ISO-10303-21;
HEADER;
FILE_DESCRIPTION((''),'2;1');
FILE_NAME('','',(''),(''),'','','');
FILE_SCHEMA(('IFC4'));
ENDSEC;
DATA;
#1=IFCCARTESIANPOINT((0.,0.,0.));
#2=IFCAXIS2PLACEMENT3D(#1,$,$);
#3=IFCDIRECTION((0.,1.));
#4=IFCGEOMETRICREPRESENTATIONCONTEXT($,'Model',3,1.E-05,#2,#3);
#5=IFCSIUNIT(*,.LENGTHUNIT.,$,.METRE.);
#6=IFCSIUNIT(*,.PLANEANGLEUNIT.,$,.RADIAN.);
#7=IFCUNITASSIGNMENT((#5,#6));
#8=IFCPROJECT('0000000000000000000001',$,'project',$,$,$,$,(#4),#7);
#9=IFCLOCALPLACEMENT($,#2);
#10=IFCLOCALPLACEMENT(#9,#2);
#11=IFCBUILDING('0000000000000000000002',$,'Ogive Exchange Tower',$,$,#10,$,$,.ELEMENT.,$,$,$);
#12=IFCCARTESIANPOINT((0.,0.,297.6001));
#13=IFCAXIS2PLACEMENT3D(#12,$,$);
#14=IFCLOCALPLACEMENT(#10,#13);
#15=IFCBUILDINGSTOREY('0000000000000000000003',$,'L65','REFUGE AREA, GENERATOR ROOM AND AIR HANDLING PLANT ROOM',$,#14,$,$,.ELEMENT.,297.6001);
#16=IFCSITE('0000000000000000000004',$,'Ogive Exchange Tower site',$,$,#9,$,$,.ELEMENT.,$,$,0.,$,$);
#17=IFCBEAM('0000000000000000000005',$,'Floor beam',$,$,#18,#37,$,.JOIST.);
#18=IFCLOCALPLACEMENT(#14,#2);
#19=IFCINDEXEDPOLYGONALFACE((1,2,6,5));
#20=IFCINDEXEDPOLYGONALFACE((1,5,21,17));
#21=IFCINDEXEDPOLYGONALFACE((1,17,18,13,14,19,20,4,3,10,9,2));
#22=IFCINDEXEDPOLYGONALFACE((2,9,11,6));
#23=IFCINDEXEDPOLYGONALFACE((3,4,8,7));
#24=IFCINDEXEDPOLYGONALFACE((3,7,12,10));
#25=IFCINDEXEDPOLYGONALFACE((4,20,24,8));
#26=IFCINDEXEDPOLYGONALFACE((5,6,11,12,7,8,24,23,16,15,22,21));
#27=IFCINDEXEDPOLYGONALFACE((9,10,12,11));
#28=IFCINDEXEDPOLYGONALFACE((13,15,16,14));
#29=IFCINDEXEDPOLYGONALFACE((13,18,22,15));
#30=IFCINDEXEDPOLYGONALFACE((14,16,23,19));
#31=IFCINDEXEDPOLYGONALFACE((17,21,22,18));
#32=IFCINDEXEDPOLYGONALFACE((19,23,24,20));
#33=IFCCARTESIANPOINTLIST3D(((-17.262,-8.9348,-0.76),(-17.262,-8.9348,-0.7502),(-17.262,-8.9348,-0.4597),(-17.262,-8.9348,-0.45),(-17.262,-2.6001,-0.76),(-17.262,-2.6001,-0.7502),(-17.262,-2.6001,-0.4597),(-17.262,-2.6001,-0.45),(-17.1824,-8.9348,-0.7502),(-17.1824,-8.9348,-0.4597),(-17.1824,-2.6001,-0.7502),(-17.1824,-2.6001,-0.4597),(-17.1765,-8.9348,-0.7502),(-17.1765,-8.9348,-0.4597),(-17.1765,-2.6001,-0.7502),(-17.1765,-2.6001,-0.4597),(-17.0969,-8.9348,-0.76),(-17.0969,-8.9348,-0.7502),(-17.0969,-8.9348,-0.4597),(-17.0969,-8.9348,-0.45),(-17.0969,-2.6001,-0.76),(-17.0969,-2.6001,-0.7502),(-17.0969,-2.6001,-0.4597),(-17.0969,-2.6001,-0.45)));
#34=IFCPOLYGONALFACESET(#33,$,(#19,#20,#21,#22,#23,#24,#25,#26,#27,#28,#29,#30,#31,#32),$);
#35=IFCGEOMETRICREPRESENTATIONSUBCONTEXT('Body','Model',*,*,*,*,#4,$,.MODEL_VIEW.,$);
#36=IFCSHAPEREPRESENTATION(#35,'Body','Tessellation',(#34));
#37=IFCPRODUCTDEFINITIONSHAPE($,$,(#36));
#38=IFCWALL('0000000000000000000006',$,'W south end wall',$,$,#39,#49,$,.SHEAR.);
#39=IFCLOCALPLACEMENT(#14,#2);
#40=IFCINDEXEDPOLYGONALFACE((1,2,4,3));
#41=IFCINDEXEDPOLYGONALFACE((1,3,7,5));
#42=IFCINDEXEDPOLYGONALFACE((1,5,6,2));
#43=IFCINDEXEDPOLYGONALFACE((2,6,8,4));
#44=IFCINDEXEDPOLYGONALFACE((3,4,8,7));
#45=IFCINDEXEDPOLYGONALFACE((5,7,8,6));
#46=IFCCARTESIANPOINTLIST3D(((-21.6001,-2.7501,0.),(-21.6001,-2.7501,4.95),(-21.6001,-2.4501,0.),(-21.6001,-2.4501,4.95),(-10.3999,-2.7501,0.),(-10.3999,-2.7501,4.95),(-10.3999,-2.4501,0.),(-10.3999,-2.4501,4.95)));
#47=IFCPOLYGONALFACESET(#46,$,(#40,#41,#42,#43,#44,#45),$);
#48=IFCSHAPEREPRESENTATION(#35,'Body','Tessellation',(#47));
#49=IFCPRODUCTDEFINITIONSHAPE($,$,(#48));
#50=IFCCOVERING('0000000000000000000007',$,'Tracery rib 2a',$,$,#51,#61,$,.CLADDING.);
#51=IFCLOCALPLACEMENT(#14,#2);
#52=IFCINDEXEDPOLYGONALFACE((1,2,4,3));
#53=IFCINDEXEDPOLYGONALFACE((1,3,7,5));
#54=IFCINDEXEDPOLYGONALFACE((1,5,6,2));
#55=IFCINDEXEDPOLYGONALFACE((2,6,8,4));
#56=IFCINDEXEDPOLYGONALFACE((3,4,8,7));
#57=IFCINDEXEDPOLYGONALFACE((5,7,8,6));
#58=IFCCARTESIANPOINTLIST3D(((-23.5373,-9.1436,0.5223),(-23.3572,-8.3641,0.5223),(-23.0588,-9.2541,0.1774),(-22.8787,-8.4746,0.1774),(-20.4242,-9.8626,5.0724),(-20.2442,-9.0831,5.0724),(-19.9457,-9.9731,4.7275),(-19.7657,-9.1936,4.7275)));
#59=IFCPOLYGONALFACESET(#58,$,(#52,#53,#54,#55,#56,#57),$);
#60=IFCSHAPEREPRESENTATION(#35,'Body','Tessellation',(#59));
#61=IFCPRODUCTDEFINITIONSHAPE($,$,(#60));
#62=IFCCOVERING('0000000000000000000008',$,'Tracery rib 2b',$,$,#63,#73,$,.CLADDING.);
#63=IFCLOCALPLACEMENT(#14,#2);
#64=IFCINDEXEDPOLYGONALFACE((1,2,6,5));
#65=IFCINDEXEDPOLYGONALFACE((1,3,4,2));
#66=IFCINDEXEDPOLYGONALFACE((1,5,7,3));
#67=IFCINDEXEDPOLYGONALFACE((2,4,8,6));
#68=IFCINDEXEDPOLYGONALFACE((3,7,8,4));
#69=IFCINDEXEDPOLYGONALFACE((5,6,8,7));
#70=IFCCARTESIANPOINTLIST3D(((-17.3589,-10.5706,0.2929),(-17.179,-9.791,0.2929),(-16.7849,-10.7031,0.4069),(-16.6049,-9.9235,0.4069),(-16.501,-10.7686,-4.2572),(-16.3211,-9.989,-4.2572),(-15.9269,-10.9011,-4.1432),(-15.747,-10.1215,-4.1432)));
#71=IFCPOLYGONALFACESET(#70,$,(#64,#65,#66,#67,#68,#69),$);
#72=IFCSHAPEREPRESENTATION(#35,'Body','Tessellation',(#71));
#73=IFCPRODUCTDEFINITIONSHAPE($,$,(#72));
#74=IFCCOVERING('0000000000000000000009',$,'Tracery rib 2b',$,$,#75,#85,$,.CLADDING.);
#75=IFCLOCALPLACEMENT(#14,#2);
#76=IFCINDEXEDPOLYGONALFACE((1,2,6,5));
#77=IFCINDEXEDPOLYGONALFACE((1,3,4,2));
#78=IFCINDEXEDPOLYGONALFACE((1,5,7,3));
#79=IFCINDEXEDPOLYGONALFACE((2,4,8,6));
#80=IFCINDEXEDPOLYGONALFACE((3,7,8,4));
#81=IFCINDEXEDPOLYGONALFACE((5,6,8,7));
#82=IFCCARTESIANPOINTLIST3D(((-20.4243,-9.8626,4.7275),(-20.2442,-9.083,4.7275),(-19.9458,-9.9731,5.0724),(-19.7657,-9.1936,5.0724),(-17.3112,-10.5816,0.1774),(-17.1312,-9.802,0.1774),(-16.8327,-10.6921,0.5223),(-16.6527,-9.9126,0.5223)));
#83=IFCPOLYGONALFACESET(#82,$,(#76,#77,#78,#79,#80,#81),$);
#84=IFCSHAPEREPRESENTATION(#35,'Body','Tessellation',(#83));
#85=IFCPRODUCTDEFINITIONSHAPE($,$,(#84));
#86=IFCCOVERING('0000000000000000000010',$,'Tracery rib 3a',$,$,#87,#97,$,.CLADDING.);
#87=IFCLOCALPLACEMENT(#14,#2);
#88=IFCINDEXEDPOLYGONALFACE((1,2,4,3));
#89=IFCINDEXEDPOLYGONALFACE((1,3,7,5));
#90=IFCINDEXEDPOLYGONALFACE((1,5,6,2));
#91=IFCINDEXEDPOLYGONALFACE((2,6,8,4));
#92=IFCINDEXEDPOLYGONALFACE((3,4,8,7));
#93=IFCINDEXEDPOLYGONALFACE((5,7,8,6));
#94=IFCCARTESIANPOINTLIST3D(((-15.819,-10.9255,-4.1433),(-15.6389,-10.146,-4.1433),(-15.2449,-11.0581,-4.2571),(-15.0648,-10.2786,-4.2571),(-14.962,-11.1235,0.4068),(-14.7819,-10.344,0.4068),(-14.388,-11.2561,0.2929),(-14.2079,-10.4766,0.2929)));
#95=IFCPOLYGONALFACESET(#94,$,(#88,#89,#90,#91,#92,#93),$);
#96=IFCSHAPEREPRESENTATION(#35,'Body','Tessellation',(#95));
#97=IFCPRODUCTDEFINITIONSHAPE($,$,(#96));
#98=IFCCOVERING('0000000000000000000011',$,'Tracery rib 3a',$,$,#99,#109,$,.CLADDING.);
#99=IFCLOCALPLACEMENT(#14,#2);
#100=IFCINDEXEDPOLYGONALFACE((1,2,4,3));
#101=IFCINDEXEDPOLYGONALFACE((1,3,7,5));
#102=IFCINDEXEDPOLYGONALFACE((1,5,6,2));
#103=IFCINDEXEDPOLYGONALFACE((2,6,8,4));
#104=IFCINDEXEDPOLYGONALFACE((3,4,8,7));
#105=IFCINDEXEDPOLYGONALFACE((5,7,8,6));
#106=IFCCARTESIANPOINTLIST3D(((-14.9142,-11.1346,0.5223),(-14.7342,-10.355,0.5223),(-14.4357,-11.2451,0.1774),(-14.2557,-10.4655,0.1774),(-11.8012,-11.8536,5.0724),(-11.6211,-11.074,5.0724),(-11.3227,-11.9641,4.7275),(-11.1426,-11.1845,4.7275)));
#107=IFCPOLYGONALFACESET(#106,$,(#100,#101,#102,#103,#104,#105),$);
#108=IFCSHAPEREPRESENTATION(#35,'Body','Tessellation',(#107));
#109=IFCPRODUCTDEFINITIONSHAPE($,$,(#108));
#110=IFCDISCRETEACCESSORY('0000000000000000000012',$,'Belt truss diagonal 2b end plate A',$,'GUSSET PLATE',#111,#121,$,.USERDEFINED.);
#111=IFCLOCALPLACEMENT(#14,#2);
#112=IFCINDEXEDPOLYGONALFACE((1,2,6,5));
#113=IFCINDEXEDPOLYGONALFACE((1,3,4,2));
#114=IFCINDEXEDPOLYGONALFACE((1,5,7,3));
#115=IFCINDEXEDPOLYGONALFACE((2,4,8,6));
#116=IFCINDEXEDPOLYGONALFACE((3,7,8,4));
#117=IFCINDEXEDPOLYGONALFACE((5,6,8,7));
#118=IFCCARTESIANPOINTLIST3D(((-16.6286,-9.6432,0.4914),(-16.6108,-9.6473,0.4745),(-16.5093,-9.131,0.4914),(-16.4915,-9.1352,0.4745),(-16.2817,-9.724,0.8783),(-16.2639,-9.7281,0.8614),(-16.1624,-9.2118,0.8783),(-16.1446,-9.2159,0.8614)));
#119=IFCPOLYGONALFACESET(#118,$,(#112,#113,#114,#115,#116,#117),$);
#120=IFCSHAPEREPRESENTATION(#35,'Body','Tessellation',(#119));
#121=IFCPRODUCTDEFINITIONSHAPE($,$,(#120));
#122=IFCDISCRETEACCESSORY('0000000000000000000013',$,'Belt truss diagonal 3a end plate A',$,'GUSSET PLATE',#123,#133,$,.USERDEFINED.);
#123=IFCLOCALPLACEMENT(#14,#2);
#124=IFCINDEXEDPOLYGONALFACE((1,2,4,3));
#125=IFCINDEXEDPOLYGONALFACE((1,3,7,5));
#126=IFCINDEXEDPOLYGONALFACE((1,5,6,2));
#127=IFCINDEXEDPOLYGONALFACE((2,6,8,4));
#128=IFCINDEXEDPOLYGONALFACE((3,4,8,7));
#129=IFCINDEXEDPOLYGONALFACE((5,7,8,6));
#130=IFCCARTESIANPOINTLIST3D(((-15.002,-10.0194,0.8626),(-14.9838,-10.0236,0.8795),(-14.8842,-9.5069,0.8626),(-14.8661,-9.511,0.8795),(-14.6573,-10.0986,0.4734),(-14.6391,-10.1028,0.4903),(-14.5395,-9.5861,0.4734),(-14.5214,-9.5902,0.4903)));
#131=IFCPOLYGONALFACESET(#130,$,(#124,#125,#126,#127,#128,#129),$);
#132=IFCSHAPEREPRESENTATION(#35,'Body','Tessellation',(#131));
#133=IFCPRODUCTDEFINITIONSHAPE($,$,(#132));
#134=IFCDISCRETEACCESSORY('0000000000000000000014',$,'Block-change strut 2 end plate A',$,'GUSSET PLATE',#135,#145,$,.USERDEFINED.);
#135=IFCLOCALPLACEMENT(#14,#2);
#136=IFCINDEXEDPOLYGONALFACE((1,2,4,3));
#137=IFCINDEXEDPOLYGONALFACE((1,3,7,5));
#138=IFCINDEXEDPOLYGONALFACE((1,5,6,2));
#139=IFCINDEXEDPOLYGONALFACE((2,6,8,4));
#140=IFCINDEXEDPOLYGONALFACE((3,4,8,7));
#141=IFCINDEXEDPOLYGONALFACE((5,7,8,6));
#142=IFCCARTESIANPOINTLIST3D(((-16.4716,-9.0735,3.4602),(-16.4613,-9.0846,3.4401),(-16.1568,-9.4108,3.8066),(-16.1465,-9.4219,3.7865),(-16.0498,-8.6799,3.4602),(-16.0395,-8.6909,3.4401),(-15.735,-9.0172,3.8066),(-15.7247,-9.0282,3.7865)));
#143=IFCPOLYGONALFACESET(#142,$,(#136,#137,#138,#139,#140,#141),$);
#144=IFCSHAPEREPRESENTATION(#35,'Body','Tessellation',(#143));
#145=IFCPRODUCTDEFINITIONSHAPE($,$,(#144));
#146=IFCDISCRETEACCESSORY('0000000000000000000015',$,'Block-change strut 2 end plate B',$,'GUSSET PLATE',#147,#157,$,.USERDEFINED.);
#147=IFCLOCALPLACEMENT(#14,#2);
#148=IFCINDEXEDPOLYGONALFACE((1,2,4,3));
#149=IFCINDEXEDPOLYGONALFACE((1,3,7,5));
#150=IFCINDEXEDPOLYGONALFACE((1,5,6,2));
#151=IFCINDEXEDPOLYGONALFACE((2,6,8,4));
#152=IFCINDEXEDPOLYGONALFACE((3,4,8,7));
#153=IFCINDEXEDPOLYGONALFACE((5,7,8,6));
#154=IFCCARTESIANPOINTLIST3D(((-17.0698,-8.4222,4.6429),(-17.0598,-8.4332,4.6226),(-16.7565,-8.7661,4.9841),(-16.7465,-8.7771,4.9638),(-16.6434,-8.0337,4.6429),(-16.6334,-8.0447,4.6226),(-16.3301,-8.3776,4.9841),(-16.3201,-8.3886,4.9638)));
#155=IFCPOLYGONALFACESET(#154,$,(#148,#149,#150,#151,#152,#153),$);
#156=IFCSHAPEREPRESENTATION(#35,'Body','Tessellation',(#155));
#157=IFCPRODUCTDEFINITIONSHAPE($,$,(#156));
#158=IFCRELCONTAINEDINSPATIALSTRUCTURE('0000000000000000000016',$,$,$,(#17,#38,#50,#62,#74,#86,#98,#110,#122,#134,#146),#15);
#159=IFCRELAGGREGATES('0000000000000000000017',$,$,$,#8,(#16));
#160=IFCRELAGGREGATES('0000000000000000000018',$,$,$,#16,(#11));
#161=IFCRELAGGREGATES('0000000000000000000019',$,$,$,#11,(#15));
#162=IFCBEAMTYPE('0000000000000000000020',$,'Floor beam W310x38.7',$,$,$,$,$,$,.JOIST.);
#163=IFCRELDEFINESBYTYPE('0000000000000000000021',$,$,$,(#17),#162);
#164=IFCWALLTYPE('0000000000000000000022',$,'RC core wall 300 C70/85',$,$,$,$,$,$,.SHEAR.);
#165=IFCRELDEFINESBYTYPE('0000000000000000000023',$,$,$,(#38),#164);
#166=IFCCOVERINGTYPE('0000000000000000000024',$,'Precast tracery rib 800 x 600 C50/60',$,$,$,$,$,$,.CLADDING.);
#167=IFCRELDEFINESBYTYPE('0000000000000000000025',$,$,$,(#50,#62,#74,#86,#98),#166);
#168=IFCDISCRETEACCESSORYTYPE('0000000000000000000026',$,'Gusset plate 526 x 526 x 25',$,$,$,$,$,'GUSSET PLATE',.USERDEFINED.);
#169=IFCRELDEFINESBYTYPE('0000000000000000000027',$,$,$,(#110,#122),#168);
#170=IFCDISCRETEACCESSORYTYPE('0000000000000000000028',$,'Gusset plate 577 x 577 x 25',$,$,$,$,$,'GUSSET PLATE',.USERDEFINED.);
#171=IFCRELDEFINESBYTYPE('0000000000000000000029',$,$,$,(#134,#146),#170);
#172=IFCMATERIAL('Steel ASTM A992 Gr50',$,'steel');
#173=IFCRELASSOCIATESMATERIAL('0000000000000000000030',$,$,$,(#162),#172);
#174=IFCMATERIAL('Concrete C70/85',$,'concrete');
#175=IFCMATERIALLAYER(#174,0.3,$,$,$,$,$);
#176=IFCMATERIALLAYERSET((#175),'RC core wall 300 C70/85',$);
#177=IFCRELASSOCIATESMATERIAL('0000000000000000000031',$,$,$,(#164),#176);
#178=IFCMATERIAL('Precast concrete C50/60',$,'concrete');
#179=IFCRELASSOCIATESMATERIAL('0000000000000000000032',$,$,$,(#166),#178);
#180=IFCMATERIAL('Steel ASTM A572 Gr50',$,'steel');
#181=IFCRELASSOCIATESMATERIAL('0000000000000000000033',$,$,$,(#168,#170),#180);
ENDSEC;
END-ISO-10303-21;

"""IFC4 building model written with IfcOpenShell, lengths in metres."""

from ifc_helpers import new_model, si_unit, direction, frame, frame_2d, origin, origin_2d, place, context, subcontext, project, spatial, rectangle, i_section, extrude, material, layer, layer_set, material_profile, profile_set, type_object, element, save


model = new_model("IFC4")

# Units and contexts
model_context = context("Model", 3, precision=1e-05, world=origin(), true_north=direction((0.0, 1.0)))
body_context = subcontext(model_context, "Body", "Model", "MODEL_VIEW")
ifc_project = project(units=[si_unit("LENGTHUNIT", "METRE"), si_unit("PLANEANGLEUNIT", "RADIAN")], contexts=[model_context])

# Site, building, storey
site_placement = place(None, origin())
site = spatial("IfcSite", under=ifc_project, at=site_placement, Name="Ogive Exchange Tower site", CompositionType="ELEMENT", RefElevation=0.0)
building_placement = place(site_placement, origin())
building = spatial("IfcBuilding", under=site, at=building_placement, Name="Ogive Exchange Tower", CompositionType="ELEMENT")
storey_placement = place(building_placement, frame((0.0, 0.0, 297.6001)))
storey = spatial("IfcBuildingStorey", under=building, at=storey_placement, Name="L65", Description="REFUGE AREA, GENERATOR ROOM AND AIR HANDLING PLANT ROOM", CompositionType="ELEMENT", Elevation=297.6001)

# Shared definitions
ifc_material_1 = material(Name="Steel ASTM A992 Gr50", Category="steel")

# Beam
ifc_material_profile_1 = material_profile(ifc_material_1, i_section(OverallWidth=0.165, OverallDepth=0.3101, WebThickness=0.0059, FlangeThickness=0.0098, at=origin_2d()), Name="W310x38.7")
ifc_profile_set_1 = profile_set([ifc_material_profile_1], Name="Steel ASTM A992 Gr50")
beam_type_1 = type_object("IfcBeamType", Name="Floor beam W310x38.7", PredefinedType="JOIST", material=ifc_profile_set_1)
beam_1_placement = place(storey_placement, frame((-17.1794, -8.9348, -0.605), z_axis=(0.0, 1.0, 0.0), x_axis=(-1.0, 0.0, 0.0)))
element("IfcBeam", 1, at=beam_1_placement, inside=storey, type_object=beam_type_1, Name="Floor beam", PredefinedType="JOIST", context=body_context, shape_type="SweptSolid", body=[
    extrude(i_section(OverallWidth=0.165, OverallDepth=0.3101, WebThickness=0.0059, FlangeThickness=0.0098, at=origin_2d()), origin(), (0.0, 0.0, 1.0), 6.3347),
])

# Wall
ifc_material_2 = material(Name="Concrete C70/85", Category="concrete")
ifc_layer = layer(ifc_material_2, 0.3)
ifc_layer_set = layer_set([ifc_layer], Name="RC core wall 300 C70/85")
wall_type = type_object("IfcWallType", Name="RC core wall 300 C70/85", PredefinedType="SHEAR", material=ifc_layer_set)
wall_placement = place(storey_placement, frame((-21.6001, -2.6001, 0.0), z_axis=(0.0, 0.0, 1.0), x_axis=(1.0, 0.0, 0.0)))
element("IfcWall", 2, at=wall_placement, inside=storey, type_object=wall_type, Name="W south end wall", PredefinedType="SHEAR", context=body_context, shape_type="SweptSolid", body=[
    extrude(rectangle(XDim=11.2002, YDim=0.3, at=frame_2d((5.6001, 0.0))), origin(), (0.0, 0.0, 1.0), 4.95),
])

# Coverings
ifc_material_3 = material(Name="Precast concrete C50/60", Category="concrete")
ifc_material_profile_2 = material_profile(ifc_material_3, rectangle(XDim=0.8, YDim=0.6001, at=origin_2d()), Name="RIB 800 x 600")
ifc_profile_set_2 = profile_set([ifc_material_profile_2], Name="Precast concrete C50/60")
covering_type = type_object("IfcCoveringType", Name="Precast tracery rib 800 x 600 C50/60", PredefinedType="CLADDING", material=ifc_profile_set_2)
covering_1_placement = place(storey_placement, frame((-23.208, -8.8091, 0.3499), z_axis=(0.559923, -0.129321, 0.81839), x_axis=(0.225038, 0.97435, 0.0)))
element("IfcCovering", 3, at=covering_1_placement, inside=storey, type_object=covering_type, Name="Tracery rib 2a", PredefinedType="CLADDING", context=body_context, shape_type="SweptSolid", body=[
    extrude(rectangle(XDim=0.8, YDim=0.6001, at=origin_2d()), origin(), (0.0, 0.0, 1.0), 5.5598),
])
covering_2_placement = place(storey_placement, frame((-16.124, -10.4451, -4.2002), z_axis=(-0.185116, 0.042723, 0.981788), x_axis=(-0.22488, -0.974387, 0.0)))
element("IfcCovering", 4, at=covering_2_placement, inside=storey, type_object=covering_type, Name="Tracery rib 2b", PredefinedType="CLADDING", context=body_context, shape_type="SweptSolid", body=[
    extrude(rectangle(XDim=0.8, YDim=0.6001, at=origin_2d()), origin(), (0.0, 0.0, 1.0), 4.6345),
])
covering_3_placement = place(storey_placement, frame((-16.9819, -10.2471, 0.3499), z_axis=(-0.559923, 0.129321, 0.81839), x_axis=(-0.225038, -0.97435, 0.0)))
element("IfcCovering", 5, at=covering_3_placement, inside=storey, type_object=covering_type, Name="Tracery rib 2b", PredefinedType="CLADDING", context=body_context, shape_type="SweptSolid", body=[
    extrude(rectangle(XDim=0.8, YDim=0.6001, at=origin_2d()), origin(), (0.0, 0.0, 1.0), 5.5598),
])
covering_4_placement = place(storey_placement, frame((-15.4419, -10.6021, -4.2002), z_axis=(0.184912, -0.042725, 0.981826), x_axis=(0.225123, 0.97433, 0.0)))
element("IfcCovering", 6, at=covering_4_placement, inside=storey, type_object=covering_type, Name="Tracery rib 3a", PredefinedType="CLADDING", context=body_context, shape_type="SweptSolid", body=[
    extrude(rectangle(XDim=0.8, YDim=0.6001, at=origin_2d()), origin(), (0.0, 0.0, 1.0), 4.6343),
])
covering_5_placement = place(storey_placement, frame((-14.585, -10.8, 0.3499), z_axis=(0.559923, -0.129321, 0.81839), x_axis=(0.225038, 0.97435, 0.0)))
element("IfcCovering", 7, at=covering_5_placement, inside=storey, type_object=covering_type, Name="Tracery rib 3a", PredefinedType="CLADDING", context=body_context, shape_type="SweptSolid", body=[
    extrude(rectangle(XDim=0.8, YDim=0.6001, at=origin_2d()), origin(), (0.0, 0.0, 1.0), 5.5598),
])

# Discrete accessories
ifc_material_4 = material(Name="Steel ASTM A572 Gr50", Category="steel")
ifc_material_profile_3 = material_profile(ifc_material_4, rectangle(XDim=0.5259, YDim=0.5259, at=origin_2d()), Name="PL 526 x 526 x 25")
ifc_profile_set_3 = profile_set([ifc_material_profile_3], Name="Steel ASTM A572 Gr50")
discrete_accessory_type_1 = type_object("IfcDiscreteAccessoryType", Name="Gusset plate 526 x 526 x 25", ElementType="GUSSET PLATE", PredefinedType="USERDEFINED", material=ifc_profile_set_3)
discrete_accessory_1_placement = place(storey_placement, frame((-16.3777, -9.4316, 0.668), z_axis=(-0.716548, 0.166867, 0.677285), x_axis=(-0.226808, -0.97394, 0.0)))
element("IfcDiscreteAccessory", 8, at=discrete_accessory_1_placement, inside=storey, type_object=discrete_accessory_type_1, Name="Belt truss diagonal 2b end plate A", ObjectType="GUSSET PLATE", PredefinedType="USERDEFINED", context=body_context, shape_type="SweptSolid", body=[
    extrude(rectangle(XDim=0.5259, YDim=0.5259, at=origin_2d()), origin(), (0.0, 0.0, 1.0), 0.0249),
])
discrete_accessory_2_placement = place(storey_placement, frame((-14.7708, -9.8027, 0.668), z_axis=(0.721274, -0.165698, 0.672539), x_axis=(0.223898, 0.974613, 0.0)))
element("IfcDiscreteAccessory", 9, at=discrete_accessory_2_placement, inside=storey, type_object=discrete_accessory_type_1, Name="Belt truss diagonal 3a end plate A", ObjectType="GUSSET PLATE", PredefinedType="USERDEFINED", context=body_context, shape_type="SweptSolid", body=[
    extrude(rectangle(XDim=0.5259, YDim=0.5259, at=origin_2d()), origin(), (0.0, 0.0, 1.0), 0.0251),
])
ifc_material_profile_4 = material_profile(ifc_material_4, rectangle(XDim=0.5769, YDim=0.5769, at=origin_2d()), Name="PL 577 x 577 x 25")
ifc_profile_set_4 = profile_set([ifc_material_profile_4], Name="Steel ASTM A572 Gr50")
discrete_accessory_type_2 = type_object("IfcDiscreteAccessoryType", Name="Gusset plate 577 x 577 x 25", ElementType="GUSSET PLATE", PredefinedType="USERDEFINED", material=ifc_profile_set_4)
for number, where, z_axis, x_axis, name in (
    (10, (-16.093, -9.0564, 3.6133), (-0.409625, 0.438883, 0.799743), (-0.731055, -0.682318, 0.0), "Block-change strut 2 end plate A"),
    (11, (-16.6899, -8.4109, 4.7932), (-0.398321, 0.437182, 0.806357), (-0.739196, -0.67349, 0.0), "Block-change strut 2 end plate B"),
):
    element("IfcDiscreteAccessory", number, at=place(storey_placement, frame(where, z_axis=z_axis, x_axis=x_axis)), inside=storey, type_object=discrete_accessory_type_2, Name=name, ObjectType="GUSSET PLATE", PredefinedType="USERDEFINED", context=body_context, shape_type="SweptSolid", body=[
        extrude(rectangle(XDim=0.5769, YDim=0.5769, at=origin_2d()), origin(), (0.0, 0.0, 1.0), 0.0251),
    ])

save(model, "model.ifc")
